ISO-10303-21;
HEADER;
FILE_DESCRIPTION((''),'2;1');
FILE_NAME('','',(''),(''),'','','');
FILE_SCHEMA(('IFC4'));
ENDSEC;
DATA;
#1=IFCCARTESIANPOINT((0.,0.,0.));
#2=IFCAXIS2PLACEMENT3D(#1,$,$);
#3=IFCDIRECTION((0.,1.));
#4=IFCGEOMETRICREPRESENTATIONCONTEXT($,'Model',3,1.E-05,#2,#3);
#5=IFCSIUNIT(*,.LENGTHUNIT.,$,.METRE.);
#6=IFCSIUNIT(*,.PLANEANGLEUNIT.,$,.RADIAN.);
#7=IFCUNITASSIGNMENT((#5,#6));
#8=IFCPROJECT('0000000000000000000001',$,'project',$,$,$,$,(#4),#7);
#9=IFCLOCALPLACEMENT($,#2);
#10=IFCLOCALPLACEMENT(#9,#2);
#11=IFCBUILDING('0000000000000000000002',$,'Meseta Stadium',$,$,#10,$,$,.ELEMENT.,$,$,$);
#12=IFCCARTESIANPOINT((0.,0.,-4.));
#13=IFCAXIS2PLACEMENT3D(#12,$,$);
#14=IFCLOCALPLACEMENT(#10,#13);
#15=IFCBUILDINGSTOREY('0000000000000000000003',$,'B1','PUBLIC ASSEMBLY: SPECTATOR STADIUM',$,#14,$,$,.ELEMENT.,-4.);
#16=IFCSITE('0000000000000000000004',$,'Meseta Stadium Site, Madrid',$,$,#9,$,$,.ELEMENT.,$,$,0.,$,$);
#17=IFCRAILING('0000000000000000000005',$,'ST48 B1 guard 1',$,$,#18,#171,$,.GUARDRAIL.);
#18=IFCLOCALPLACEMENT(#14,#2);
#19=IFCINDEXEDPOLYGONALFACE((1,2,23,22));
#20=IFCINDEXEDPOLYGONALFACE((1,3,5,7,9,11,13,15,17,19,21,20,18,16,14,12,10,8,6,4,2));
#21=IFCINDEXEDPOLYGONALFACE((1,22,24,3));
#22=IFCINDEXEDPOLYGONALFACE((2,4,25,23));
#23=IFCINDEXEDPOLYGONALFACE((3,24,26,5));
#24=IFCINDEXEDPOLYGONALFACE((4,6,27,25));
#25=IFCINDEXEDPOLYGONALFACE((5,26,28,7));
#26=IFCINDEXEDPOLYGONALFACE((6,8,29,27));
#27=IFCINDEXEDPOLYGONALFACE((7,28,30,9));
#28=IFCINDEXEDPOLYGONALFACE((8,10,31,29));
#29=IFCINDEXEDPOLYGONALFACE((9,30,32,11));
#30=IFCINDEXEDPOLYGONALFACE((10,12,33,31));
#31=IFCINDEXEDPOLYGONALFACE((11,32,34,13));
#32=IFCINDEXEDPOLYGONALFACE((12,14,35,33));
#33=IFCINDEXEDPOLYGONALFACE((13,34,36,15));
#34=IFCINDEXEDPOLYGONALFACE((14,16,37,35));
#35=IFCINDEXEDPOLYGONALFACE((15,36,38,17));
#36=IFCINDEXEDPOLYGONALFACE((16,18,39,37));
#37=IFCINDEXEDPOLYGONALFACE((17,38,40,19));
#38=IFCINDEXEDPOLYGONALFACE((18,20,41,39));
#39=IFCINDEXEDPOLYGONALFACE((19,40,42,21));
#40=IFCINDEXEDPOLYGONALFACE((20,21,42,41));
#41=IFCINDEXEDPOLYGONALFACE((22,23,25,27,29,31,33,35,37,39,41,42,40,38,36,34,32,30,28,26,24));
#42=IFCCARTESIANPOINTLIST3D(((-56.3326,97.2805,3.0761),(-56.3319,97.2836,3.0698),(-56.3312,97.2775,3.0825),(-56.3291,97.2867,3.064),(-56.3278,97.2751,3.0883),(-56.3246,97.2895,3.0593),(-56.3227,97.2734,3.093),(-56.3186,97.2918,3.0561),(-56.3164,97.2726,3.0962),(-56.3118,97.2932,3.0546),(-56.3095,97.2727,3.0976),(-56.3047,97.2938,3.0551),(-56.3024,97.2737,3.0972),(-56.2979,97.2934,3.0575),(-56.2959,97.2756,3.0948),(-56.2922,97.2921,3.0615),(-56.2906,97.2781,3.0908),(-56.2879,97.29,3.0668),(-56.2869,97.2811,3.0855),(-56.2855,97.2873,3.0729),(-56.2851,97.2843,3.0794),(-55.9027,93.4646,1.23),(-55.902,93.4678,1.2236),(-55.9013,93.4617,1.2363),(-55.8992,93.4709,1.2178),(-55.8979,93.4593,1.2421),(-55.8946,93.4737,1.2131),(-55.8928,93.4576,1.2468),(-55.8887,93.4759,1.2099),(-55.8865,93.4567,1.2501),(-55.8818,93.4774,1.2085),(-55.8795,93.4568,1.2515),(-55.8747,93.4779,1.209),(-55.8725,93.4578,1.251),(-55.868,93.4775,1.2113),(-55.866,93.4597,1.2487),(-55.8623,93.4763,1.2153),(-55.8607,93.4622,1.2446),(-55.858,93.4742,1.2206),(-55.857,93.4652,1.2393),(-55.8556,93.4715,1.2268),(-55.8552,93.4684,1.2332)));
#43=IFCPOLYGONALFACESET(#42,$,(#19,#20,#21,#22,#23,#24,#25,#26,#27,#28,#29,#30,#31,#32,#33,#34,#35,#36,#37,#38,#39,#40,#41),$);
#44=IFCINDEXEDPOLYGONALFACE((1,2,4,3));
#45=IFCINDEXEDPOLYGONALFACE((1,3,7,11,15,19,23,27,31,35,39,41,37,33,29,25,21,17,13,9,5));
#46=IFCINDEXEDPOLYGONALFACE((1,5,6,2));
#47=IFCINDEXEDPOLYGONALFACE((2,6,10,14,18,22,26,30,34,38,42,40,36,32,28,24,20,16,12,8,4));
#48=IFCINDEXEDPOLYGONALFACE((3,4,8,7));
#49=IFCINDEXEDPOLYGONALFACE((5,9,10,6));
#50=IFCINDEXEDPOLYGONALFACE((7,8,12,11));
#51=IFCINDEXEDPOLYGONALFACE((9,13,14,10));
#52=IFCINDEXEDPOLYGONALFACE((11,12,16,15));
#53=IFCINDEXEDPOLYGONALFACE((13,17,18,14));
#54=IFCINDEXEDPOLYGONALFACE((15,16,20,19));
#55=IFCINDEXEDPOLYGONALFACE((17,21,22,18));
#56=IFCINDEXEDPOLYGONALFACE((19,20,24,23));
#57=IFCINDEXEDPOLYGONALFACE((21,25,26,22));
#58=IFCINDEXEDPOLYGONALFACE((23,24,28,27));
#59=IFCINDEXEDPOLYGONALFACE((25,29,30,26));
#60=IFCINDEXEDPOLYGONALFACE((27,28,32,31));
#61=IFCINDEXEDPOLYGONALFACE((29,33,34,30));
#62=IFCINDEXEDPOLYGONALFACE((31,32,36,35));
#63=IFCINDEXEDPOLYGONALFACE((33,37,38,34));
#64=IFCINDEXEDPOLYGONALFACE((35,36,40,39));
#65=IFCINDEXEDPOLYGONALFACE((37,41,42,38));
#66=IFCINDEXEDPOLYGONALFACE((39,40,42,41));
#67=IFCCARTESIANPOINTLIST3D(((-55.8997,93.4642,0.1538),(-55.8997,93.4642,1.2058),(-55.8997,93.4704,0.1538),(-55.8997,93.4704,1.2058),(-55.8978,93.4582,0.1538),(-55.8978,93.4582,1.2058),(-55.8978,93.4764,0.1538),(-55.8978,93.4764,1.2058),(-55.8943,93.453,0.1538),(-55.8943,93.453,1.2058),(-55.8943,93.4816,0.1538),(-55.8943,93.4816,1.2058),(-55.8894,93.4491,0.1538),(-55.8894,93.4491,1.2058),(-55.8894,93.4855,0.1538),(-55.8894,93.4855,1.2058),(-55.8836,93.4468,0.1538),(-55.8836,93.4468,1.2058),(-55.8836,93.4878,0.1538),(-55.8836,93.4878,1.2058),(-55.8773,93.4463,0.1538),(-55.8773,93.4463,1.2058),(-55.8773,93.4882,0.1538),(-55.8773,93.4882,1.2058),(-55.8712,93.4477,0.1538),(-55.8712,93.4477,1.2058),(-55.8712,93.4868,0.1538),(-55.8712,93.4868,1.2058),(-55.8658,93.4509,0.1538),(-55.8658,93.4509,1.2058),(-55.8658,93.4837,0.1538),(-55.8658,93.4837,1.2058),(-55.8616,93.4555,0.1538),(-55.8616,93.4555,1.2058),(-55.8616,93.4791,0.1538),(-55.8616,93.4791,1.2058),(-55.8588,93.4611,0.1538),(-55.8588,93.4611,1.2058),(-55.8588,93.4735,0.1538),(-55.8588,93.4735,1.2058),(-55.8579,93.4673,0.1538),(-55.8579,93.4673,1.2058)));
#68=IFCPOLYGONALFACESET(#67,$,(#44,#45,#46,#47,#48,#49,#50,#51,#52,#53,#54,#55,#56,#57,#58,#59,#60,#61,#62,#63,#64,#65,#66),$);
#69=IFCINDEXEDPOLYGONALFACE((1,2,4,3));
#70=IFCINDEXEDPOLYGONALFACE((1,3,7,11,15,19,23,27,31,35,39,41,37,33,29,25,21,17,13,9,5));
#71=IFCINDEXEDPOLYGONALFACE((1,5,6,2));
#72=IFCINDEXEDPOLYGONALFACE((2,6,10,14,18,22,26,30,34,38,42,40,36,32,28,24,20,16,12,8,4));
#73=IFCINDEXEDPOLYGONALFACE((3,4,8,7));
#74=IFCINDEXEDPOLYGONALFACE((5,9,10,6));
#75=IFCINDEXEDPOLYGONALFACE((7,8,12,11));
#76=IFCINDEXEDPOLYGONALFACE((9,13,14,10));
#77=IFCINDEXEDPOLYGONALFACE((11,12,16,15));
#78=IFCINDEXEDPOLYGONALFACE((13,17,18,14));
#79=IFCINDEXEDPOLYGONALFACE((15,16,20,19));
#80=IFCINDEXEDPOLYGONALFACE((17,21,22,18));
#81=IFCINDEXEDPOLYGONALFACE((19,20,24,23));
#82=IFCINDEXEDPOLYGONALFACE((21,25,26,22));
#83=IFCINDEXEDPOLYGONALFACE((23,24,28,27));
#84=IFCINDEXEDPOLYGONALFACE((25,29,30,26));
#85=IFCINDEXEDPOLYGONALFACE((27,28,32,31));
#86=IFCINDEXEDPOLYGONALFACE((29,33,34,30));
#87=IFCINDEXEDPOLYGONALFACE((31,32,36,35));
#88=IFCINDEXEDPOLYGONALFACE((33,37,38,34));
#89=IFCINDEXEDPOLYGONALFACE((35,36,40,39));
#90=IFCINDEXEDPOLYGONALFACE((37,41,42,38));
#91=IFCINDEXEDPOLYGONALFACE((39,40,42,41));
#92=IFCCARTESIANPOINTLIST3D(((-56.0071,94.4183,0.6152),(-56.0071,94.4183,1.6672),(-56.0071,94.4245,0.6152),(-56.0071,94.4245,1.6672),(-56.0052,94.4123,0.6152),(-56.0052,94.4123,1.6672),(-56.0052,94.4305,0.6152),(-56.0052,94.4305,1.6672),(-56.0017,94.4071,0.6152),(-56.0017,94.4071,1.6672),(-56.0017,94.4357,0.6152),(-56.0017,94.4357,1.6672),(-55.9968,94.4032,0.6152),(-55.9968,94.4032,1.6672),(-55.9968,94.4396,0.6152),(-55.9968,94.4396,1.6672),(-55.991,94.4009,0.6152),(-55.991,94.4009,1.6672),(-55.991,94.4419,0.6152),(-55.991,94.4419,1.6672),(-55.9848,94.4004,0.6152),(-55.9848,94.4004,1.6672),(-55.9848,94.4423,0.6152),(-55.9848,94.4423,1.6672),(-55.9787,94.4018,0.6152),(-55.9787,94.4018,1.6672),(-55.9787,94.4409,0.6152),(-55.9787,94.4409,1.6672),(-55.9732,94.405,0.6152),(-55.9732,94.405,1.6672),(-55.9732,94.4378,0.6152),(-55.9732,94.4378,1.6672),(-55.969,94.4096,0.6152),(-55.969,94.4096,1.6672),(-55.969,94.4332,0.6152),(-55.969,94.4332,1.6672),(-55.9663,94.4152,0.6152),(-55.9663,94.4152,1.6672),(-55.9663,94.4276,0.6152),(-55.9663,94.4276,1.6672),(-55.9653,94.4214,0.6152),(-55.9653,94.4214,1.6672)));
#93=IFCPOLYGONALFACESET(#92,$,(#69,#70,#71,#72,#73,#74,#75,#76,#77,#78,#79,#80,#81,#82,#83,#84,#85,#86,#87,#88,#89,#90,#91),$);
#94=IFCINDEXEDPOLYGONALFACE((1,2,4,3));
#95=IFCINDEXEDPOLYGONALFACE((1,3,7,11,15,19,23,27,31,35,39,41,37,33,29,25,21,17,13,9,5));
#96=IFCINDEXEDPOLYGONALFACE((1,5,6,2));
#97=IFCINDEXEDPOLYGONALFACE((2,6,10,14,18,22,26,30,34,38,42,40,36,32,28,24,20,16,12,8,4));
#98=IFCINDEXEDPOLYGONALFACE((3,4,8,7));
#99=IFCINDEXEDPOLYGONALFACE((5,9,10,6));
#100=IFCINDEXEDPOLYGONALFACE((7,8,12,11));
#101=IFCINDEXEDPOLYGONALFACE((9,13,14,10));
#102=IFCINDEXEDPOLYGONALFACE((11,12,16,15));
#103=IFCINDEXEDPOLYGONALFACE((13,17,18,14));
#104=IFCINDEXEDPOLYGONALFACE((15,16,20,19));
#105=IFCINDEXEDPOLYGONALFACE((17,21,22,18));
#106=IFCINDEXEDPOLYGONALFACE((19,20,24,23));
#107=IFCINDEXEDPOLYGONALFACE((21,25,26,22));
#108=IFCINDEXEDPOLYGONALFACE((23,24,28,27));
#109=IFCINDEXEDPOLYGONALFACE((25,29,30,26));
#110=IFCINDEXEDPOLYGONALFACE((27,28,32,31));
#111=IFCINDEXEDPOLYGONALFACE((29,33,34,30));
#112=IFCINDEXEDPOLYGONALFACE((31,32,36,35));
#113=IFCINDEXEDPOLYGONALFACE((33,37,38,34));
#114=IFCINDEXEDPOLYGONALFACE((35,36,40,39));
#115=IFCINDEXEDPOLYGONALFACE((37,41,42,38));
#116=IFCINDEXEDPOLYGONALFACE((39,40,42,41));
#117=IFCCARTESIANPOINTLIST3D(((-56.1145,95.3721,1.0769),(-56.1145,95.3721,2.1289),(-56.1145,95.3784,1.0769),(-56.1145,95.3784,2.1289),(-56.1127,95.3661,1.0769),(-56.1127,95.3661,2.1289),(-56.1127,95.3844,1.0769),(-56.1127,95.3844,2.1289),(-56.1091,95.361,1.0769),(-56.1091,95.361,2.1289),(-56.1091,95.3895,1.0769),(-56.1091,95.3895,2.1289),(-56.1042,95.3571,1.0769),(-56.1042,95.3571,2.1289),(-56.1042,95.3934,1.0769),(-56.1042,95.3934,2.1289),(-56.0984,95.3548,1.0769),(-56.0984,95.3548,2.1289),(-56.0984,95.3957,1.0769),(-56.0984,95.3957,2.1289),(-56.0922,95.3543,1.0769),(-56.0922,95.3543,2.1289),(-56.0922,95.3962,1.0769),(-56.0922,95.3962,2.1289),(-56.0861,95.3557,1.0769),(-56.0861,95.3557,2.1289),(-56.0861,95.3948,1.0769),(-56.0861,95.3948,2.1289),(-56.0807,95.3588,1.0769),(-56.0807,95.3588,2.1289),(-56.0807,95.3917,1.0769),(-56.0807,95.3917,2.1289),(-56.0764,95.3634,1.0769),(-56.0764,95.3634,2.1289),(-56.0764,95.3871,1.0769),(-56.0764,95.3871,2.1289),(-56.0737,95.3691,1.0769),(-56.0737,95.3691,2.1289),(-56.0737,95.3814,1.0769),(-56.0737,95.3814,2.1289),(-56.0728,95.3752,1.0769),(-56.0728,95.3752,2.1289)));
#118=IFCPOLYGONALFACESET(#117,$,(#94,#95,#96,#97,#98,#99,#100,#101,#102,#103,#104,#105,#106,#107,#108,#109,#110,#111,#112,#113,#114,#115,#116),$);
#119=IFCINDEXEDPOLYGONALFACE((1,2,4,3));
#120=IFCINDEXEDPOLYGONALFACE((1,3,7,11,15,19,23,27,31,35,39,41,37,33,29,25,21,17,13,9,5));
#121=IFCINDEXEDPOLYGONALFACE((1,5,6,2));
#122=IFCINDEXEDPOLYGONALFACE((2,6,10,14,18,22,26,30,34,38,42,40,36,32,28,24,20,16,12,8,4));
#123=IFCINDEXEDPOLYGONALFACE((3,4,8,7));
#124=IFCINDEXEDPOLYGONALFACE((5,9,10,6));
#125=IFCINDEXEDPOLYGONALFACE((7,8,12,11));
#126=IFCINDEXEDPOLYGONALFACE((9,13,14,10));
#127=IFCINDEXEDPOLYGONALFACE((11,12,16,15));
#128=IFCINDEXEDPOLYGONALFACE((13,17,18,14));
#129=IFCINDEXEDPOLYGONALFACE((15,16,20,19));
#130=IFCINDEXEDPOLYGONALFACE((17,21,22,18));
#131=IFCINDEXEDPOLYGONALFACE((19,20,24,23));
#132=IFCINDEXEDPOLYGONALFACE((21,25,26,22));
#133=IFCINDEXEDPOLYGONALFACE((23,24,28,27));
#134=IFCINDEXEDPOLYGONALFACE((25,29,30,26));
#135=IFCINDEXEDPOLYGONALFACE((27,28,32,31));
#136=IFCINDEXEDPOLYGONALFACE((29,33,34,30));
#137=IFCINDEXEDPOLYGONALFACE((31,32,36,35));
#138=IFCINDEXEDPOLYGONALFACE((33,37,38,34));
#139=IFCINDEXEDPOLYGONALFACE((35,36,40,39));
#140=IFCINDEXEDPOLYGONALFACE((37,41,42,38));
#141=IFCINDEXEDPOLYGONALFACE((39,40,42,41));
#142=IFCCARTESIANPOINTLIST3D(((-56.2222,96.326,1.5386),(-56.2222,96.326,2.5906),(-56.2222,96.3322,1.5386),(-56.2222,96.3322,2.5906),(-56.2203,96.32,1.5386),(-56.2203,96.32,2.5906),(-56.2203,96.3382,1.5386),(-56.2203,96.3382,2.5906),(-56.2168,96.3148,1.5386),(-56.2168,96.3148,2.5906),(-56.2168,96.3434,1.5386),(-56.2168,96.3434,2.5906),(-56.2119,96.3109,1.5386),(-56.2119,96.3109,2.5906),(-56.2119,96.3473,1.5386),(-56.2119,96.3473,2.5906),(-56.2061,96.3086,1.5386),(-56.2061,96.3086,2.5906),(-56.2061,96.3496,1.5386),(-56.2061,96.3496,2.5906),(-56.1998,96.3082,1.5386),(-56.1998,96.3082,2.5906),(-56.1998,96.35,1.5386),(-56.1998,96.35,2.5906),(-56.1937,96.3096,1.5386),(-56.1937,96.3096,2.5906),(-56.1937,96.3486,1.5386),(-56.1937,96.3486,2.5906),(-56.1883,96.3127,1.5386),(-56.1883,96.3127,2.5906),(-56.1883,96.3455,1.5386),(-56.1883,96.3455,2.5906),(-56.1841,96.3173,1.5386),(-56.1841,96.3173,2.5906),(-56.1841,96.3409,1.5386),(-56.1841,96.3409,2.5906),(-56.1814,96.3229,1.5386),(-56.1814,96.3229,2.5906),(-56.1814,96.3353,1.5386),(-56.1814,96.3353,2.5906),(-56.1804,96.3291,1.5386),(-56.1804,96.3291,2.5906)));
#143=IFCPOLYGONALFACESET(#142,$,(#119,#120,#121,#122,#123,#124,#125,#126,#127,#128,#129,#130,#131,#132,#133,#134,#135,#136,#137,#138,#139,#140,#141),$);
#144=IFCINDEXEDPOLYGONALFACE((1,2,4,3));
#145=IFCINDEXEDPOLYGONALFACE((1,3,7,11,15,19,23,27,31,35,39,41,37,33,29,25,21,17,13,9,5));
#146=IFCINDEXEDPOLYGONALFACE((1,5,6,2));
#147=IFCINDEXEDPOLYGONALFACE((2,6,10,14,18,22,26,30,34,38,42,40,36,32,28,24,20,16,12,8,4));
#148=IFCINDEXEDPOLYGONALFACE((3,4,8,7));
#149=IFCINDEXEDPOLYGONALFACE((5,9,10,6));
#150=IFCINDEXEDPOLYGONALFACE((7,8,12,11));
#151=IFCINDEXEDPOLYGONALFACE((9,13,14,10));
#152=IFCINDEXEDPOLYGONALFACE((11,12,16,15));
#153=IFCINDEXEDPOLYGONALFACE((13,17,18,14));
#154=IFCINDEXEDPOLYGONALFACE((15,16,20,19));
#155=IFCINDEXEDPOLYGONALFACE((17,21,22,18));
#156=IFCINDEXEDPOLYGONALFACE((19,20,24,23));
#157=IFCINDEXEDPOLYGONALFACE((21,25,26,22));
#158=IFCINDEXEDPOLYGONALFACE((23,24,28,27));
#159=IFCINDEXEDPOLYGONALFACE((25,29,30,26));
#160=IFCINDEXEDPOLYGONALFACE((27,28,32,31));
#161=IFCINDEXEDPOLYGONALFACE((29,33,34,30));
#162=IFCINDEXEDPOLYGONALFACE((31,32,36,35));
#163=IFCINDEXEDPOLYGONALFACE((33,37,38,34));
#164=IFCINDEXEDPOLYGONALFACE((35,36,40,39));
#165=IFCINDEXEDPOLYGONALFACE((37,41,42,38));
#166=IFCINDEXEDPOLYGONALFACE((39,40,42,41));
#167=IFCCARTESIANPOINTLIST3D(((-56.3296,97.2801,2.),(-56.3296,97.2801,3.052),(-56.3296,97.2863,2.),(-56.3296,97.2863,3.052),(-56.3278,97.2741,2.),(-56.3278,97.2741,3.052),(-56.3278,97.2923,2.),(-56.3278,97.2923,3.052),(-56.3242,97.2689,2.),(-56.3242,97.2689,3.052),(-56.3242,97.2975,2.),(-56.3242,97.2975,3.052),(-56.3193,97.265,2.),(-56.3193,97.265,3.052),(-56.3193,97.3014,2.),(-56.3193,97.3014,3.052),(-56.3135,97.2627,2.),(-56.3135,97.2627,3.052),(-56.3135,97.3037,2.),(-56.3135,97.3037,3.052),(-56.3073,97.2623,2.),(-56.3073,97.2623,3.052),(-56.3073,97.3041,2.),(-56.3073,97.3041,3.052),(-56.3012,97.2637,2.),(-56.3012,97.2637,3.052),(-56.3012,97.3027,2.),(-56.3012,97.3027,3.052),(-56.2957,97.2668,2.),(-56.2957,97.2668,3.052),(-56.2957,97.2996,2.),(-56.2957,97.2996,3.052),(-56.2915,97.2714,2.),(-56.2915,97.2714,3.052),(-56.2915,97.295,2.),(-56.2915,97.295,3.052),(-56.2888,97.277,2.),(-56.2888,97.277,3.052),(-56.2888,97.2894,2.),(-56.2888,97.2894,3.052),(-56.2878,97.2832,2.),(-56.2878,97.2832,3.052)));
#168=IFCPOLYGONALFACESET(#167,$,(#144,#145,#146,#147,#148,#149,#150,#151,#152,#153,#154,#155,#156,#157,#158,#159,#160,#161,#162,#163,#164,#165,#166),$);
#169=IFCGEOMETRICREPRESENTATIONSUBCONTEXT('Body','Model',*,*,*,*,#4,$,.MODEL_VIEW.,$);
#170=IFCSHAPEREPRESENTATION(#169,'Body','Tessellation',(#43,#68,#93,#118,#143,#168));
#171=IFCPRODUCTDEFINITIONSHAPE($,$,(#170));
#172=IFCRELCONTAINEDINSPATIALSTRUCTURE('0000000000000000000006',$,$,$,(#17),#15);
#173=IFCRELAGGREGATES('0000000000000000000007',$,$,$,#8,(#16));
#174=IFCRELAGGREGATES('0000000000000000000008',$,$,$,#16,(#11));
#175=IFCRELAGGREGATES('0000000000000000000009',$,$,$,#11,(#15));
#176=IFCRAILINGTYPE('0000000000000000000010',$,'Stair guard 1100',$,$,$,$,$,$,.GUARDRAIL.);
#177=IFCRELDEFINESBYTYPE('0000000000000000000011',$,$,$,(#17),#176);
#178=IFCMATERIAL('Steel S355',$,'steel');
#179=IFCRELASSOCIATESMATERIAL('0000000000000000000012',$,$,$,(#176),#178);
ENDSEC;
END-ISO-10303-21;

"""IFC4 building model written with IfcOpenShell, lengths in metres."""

from ifc_helpers import new_model, si_unit, direction, frame, origin, origin_2d, place, context, subcontext, project, spatial, circle, extrude, material, type_object, element, save


model = new_model("IFC4")

# Units and contexts
model_context = context("Model", 3, precision=1e-05, world=origin(), true_north=direction((0.0, 1.0)))
body_context = subcontext(model_context, "Body", "Model", "MODEL_VIEW")
ifc_project = project(units=[si_unit("LENGTHUNIT", "METRE"), si_unit("PLANEANGLEUNIT", "RADIAN")], contexts=[model_context])

# Site, building, storey
site_placement = place(None, origin())
site = spatial("IfcSite", under=ifc_project, at=site_placement, Name="Meseta Stadium Site, Madrid", CompositionType="ELEMENT", RefElevation=0.0)
building_placement = place(site_placement, origin())
building = spatial("IfcBuilding", under=site, at=building_placement, Name="Meseta Stadium", CompositionType="ELEMENT")
storey_placement = place(building_placement, frame((0.0, 0.0, -4.0)))
storey = spatial("IfcBuildingStorey", under=building, at=storey_placement, Name="B1", Description="PUBLIC ASSEMBLY: SPECTATOR STADIUM", CompositionType="ELEMENT", Elevation=-4.0)

# Railing
ifc_material_1 = material(Name="Steel S355", Category="steel")
railing_type_1 = type_object("IfcRailingType", Name="Stair guard 1100", PredefinedType="GUARDRAIL", material=ifc_material_1)
railing_1_placement = place(storey_placement, frame((-55.8789, 93.4673, 0.1538)))
element("IfcRailing", 1, at=railing_1_placement, inside=storey, type_object=railing_type_1, Name="ST48 B1 guard 1", PredefinedType="GUARDRAIL", context=body_context, shape_type="SweptSolid", body=[
    extrude(circle(Radius=0.0239, at=origin_2d()), frame((0.0, 0.0, 1.0762), z_axis=(-0.100904, 0.895585, 0.433296), x_axis=(-0.993713, -0.11196, 0.0)), (0.0, 0.0, 1.0), 4.2607),
    extrude(circle(Radius=0.021, at=origin_2d()), origin(), (0.0, 0.0, 1.0), 1.052),
    extrude(circle(Radius=0.021, at=origin_2d()), frame((-0.1074, 0.9541, 0.4614)), (0.0, 0.0, 1.0), 1.052),
    extrude(circle(Radius=0.021, at=origin_2d()), frame((-0.2148, 1.908, 0.9231)), (0.0, 0.0, 1.0), 1.052),
    extrude(circle(Radius=0.021, at=origin_2d()), frame((-0.3225, 2.8618, 1.3848)), (0.0, 0.0, 1.0), 1.052),
    extrude(circle(Radius=0.021, at=origin_2d()), frame((-0.4299, 3.8159, 1.8462)), (0.0, 0.0, 1.0), 1.052),
])

save(model, "model.ifc")
